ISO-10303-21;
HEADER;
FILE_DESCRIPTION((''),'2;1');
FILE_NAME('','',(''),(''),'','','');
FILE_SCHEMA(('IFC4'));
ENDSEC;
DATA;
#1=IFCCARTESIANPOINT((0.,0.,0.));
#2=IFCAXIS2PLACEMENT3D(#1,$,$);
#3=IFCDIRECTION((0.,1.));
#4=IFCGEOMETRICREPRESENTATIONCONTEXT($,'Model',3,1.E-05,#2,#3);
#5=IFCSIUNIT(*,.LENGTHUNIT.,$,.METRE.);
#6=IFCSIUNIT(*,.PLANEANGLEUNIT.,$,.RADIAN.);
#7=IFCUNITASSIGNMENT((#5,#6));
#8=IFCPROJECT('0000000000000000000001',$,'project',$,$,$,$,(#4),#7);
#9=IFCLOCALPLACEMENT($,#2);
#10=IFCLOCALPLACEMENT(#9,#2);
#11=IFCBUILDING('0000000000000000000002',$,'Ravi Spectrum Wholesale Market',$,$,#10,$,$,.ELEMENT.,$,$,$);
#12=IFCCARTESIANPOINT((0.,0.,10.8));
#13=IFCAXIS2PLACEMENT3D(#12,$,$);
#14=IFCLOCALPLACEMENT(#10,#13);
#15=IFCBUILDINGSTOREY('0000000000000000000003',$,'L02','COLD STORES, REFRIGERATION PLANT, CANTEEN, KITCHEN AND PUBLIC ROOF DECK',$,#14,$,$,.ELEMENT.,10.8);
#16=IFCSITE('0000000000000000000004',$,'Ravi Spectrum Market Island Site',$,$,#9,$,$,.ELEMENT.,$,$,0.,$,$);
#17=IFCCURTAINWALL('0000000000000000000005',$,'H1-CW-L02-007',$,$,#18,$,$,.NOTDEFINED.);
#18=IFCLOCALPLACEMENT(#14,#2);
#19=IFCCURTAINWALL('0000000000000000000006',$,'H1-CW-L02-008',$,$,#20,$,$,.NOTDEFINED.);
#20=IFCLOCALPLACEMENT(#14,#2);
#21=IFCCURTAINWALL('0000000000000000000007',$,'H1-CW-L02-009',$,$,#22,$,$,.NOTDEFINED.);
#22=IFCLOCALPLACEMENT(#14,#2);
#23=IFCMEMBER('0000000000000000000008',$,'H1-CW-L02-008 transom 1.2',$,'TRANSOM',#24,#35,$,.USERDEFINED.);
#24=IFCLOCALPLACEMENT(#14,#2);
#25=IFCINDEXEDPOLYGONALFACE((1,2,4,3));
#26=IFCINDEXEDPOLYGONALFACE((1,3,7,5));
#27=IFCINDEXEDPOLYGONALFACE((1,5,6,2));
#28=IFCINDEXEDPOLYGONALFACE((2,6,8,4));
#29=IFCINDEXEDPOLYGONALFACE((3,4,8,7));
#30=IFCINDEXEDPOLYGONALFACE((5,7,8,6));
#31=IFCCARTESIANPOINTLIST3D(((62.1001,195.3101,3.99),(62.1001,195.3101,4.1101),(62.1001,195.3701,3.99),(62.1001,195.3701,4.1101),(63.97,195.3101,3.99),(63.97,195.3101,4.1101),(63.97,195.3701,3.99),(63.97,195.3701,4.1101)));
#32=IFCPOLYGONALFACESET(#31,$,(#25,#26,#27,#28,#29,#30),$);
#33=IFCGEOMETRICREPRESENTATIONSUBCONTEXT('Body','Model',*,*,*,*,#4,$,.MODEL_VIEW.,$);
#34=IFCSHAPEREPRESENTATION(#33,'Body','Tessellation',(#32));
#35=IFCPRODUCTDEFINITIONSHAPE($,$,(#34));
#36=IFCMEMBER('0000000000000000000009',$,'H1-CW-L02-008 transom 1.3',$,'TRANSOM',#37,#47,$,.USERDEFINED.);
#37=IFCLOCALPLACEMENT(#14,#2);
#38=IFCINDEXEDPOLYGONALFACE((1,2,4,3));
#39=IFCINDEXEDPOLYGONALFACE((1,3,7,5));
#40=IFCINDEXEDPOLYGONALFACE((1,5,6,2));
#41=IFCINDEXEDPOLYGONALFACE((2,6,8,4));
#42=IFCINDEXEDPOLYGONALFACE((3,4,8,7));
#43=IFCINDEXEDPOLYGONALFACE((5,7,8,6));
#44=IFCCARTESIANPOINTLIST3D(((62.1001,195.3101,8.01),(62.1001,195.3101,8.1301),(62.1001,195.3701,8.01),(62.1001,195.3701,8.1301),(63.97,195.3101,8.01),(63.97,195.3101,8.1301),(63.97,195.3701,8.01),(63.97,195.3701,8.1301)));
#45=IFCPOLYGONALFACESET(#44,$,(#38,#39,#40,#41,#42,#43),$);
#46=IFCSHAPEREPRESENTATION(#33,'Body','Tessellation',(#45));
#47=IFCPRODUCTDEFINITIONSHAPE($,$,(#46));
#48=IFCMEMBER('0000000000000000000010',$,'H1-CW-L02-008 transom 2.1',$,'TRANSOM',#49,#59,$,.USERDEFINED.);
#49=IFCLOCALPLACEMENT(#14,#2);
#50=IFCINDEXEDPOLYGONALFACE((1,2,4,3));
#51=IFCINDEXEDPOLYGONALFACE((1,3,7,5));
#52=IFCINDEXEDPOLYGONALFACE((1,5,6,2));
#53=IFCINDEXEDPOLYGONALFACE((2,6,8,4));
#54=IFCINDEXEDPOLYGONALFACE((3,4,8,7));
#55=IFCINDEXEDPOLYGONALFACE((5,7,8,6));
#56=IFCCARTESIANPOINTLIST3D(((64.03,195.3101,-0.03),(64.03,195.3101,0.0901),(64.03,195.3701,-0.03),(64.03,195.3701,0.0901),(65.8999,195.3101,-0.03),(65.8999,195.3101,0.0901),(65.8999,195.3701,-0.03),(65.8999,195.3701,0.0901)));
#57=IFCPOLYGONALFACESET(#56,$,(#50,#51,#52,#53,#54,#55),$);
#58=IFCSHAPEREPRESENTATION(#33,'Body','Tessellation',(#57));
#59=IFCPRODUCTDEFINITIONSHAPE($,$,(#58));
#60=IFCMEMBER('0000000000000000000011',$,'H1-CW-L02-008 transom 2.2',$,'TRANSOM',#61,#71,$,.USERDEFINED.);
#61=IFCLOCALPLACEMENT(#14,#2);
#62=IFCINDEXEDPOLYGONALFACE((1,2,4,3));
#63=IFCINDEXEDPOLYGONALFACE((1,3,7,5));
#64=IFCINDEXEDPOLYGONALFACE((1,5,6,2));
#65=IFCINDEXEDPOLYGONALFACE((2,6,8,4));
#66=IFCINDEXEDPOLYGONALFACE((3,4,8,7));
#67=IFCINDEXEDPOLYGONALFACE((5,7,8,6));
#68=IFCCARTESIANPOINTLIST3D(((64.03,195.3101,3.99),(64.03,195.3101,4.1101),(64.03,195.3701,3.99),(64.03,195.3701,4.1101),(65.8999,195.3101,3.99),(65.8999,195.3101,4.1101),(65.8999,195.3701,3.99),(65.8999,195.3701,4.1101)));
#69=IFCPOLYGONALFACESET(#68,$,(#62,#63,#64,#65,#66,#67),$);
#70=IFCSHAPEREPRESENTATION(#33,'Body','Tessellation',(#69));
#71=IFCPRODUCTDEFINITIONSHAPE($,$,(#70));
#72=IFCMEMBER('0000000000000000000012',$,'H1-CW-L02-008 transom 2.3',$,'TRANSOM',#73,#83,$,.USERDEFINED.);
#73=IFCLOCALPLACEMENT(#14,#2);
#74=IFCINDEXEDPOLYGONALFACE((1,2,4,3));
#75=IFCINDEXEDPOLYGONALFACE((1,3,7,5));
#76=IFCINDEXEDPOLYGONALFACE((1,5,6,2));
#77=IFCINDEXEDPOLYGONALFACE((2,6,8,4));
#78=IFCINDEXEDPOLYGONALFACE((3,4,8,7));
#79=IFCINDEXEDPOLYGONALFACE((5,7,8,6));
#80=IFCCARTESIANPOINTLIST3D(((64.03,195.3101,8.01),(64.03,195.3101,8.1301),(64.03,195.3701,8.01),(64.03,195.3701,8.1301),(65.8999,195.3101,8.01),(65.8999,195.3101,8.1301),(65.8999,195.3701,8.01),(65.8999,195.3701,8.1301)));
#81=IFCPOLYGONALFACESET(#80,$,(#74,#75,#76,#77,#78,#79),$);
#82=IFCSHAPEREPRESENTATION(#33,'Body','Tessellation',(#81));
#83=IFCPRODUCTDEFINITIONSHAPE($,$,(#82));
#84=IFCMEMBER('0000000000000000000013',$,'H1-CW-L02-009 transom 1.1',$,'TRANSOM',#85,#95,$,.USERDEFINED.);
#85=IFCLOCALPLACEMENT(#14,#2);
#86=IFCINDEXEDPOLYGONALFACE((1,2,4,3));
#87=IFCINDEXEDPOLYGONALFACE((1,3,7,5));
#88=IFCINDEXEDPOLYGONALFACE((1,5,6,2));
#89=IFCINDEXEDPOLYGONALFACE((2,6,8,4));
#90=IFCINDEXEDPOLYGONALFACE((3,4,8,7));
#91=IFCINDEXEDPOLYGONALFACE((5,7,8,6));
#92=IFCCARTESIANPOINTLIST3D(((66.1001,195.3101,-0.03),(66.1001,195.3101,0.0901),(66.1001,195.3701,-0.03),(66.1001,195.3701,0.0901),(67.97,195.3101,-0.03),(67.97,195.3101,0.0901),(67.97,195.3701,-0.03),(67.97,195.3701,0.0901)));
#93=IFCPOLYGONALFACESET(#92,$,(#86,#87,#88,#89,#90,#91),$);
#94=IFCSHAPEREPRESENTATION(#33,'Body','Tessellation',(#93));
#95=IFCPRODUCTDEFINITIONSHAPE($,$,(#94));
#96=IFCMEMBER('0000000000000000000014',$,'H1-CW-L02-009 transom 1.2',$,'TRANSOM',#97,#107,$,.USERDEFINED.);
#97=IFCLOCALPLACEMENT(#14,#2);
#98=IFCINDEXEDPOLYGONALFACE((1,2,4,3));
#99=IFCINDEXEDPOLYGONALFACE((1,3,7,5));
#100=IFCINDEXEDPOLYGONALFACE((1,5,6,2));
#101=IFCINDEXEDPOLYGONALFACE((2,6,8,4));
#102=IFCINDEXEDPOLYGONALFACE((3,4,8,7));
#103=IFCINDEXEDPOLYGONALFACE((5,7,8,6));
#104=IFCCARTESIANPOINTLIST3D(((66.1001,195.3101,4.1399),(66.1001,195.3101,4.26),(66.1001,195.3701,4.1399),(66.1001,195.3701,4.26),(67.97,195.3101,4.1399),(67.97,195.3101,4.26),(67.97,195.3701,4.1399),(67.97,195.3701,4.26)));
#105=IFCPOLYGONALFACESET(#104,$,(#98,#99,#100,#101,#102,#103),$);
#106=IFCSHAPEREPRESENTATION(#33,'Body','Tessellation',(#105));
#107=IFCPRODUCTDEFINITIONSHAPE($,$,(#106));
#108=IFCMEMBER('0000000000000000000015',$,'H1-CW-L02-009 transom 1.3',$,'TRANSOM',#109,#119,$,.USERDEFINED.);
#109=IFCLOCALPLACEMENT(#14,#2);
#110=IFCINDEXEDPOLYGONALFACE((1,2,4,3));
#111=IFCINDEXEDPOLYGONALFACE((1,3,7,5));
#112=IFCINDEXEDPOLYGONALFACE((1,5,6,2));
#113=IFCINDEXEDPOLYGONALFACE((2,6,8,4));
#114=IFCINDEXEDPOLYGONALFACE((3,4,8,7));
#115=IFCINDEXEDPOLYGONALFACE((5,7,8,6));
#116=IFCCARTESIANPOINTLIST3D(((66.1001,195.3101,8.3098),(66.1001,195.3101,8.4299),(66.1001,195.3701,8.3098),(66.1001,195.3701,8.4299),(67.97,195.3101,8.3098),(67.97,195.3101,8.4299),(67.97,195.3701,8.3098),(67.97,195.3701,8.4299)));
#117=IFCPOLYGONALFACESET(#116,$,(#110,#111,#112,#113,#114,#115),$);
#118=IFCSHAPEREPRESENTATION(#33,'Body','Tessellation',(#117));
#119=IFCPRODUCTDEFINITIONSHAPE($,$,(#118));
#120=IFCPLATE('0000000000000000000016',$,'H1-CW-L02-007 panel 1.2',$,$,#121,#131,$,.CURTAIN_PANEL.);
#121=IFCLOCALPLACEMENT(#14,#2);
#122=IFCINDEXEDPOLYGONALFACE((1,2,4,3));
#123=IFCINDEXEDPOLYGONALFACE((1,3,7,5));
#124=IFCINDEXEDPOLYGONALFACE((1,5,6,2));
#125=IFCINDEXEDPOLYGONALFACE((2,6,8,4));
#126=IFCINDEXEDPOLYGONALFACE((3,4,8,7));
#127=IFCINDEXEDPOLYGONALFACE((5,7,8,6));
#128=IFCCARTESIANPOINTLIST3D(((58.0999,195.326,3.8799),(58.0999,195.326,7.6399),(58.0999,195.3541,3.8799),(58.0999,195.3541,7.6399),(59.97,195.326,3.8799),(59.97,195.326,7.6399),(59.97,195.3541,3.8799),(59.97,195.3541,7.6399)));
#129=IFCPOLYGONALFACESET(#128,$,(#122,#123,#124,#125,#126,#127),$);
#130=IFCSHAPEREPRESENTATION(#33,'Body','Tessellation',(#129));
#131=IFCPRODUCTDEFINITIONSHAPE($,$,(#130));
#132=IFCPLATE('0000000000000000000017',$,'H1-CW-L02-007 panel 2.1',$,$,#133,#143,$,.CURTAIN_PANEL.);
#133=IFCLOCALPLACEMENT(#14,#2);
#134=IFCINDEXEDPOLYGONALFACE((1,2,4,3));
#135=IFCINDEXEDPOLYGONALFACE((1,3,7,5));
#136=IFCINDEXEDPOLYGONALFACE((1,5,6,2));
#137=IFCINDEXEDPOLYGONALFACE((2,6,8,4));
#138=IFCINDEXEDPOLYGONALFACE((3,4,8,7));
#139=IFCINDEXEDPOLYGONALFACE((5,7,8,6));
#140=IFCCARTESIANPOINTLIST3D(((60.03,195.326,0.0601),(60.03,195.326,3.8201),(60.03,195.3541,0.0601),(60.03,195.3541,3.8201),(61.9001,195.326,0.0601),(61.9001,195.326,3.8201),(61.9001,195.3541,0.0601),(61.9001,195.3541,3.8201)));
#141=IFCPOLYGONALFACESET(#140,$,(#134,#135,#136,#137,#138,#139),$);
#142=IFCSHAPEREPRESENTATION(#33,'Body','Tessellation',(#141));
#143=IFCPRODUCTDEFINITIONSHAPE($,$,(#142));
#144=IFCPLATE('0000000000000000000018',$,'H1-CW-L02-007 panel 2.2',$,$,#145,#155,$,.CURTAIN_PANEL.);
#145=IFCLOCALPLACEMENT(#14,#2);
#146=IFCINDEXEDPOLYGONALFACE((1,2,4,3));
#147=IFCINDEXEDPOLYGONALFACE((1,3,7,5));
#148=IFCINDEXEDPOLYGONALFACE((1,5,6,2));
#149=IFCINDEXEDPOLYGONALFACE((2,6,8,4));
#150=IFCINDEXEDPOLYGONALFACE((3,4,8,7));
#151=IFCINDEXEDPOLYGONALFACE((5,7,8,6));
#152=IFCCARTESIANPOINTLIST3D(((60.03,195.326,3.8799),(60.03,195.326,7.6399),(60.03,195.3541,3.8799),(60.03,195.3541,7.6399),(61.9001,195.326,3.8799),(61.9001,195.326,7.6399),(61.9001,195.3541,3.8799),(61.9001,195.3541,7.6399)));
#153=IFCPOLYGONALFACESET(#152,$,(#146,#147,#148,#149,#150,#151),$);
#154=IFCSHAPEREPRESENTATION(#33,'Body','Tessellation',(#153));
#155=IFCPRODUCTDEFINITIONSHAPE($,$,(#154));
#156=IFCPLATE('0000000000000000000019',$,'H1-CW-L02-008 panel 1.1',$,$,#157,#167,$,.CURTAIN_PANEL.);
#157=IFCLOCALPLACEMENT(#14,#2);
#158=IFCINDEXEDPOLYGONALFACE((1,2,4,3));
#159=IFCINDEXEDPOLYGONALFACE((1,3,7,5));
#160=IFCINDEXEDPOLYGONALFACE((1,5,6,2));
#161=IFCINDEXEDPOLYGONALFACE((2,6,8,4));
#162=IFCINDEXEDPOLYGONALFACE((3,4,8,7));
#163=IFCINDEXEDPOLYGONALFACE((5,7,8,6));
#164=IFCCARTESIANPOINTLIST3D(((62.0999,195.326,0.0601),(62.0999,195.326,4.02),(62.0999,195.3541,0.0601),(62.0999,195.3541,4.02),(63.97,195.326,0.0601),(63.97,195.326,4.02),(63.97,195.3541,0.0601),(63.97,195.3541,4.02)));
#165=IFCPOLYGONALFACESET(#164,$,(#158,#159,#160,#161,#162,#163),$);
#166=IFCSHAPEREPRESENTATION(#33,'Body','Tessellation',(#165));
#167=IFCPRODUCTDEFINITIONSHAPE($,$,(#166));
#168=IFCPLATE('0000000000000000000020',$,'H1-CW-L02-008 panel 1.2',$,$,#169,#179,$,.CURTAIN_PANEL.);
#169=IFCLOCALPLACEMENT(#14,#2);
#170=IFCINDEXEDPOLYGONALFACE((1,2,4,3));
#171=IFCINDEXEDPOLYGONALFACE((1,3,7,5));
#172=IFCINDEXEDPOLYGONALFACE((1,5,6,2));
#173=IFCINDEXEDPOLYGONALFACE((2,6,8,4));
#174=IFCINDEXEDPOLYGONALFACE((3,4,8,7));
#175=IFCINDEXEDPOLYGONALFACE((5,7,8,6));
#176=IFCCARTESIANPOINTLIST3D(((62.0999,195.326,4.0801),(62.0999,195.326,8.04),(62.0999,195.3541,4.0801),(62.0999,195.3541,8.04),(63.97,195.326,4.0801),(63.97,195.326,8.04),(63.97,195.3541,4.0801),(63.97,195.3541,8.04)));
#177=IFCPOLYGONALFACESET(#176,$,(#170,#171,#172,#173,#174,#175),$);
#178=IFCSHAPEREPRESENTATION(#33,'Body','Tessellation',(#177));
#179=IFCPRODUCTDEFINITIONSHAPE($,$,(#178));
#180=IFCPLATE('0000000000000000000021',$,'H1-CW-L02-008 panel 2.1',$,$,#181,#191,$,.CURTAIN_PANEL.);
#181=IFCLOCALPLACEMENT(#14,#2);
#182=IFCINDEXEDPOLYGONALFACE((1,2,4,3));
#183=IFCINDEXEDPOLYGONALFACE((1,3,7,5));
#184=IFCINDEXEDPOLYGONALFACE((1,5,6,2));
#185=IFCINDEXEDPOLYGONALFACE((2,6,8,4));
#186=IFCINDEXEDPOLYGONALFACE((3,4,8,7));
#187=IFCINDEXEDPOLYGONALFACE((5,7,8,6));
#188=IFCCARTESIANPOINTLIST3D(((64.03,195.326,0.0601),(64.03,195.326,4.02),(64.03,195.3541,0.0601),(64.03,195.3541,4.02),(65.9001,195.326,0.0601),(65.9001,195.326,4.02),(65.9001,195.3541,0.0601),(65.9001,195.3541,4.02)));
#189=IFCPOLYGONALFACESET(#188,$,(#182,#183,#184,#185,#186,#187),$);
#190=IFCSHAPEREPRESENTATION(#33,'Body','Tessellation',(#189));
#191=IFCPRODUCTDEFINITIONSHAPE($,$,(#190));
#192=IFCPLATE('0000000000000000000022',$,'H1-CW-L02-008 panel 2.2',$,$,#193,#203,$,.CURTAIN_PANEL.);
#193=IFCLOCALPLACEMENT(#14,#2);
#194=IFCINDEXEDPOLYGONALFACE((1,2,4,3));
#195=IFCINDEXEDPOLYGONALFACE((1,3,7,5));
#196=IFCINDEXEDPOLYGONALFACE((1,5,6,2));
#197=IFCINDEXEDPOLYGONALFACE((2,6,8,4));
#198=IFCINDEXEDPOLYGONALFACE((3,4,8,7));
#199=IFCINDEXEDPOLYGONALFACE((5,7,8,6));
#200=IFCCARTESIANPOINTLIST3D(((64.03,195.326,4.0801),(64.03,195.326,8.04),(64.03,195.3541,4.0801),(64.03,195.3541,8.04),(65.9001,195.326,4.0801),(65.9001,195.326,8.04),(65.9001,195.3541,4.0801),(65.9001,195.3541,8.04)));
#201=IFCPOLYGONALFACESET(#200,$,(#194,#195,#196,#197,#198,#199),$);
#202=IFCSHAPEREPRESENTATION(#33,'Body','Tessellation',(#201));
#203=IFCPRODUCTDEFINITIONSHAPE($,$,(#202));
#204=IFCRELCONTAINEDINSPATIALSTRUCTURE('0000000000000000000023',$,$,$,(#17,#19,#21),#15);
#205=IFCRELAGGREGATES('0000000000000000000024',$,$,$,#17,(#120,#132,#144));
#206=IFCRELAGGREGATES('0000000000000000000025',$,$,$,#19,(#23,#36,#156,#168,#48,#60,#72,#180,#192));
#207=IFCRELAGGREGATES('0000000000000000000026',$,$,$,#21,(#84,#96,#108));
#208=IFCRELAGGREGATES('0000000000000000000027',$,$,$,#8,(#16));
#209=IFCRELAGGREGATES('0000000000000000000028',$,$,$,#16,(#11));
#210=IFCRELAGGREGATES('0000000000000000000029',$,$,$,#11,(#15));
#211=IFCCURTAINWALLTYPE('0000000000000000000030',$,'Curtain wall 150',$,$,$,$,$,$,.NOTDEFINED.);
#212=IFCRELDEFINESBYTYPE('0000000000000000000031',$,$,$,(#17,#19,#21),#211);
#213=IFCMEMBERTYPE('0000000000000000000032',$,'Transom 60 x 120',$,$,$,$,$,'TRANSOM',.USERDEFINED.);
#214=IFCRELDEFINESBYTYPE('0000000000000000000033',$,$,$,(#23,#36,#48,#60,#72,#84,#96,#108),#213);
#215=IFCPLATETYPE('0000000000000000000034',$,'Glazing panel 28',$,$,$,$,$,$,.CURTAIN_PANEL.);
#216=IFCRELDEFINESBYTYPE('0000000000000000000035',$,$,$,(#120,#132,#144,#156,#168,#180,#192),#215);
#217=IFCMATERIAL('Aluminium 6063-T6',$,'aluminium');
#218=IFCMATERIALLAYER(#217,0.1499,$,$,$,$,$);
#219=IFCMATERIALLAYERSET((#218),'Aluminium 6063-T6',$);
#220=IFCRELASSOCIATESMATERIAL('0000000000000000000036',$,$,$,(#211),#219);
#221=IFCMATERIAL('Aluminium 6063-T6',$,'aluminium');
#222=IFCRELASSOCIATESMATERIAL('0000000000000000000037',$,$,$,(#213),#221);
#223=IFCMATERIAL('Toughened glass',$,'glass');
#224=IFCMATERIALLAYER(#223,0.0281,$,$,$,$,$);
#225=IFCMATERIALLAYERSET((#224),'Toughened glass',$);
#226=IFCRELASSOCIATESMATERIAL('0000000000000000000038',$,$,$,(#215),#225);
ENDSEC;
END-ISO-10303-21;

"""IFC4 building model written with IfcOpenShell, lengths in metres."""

from ifc_helpers import new_model, si_unit, direction, frame, origin, origin_2d, place, context, subcontext, project, spatial, rectangle, extrude, material, layer, layer_set, material_profile, profile_set, type_object, element, aggregate, save


model = new_model("IFC4")

# Units and contexts
model_context = context("Model", 3, precision=1e-05, world=origin(), true_north=direction((0.0, 1.0)))
body_context = subcontext(model_context, "Body", "Model", "MODEL_VIEW")
ifc_project = project(units=[si_unit("LENGTHUNIT", "METRE"), si_unit("PLANEANGLEUNIT", "RADIAN")], contexts=[model_context])

# Site, building, storey
site_placement = place(None, origin())
site = spatial("IfcSite", under=ifc_project, at=site_placement, Name="Ravi Spectrum Market Island Site", CompositionType="ELEMENT", RefElevation=0.0)
building_placement = place(site_placement, origin())
building = spatial("IfcBuilding", under=site, at=building_placement, Name="Ravi Spectrum Wholesale Market", CompositionType="ELEMENT")
storey_placement = place(building_placement, frame((0.0, 0.0, 10.8)))
storey = spatial("IfcBuildingStorey", under=building, at=storey_placement, Name="L02", Description="COLD STORES, REFRIGERATION PLANT, CANTEEN, KITCHEN AND PUBLIC ROOF DECK", CompositionType="ELEMENT", Elevation=10.8)

# Curtain walls
ifc_material_1 = material(Name="Aluminium 6063-T6", Category="aluminium")
ifc_layer_1 = layer(ifc_material_1, 0.1499)
ifc_layer_set_1 = layer_set([ifc_layer_1], Name="Aluminium 6063-T6")
curtain_wall_type = type_object("IfcCurtainWallType", Name="Curtain wall 150", PredefinedType="NOTDEFINED", material=ifc_layer_set_1)
curtain_wall_1_placement = place(storey_placement, origin())
curtain_wall_1 = element("IfcCurtainWall", 1, at=curtain_wall_1_placement, inside=storey, type_object=curtain_wall_type, Name="H1-CW-L02-007", PredefinedType="NOTDEFINED")
curtain_wall_2_placement = place(storey_placement, origin())
curtain_wall_2 = element("IfcCurtainWall", 2, at=curtain_wall_2_placement, inside=storey, type_object=curtain_wall_type, Name="H1-CW-L02-008", PredefinedType="NOTDEFINED")

# Curtain wall
curtain_wall_3_placement = place(storey_placement, origin())
curtain_wall_3 = element("IfcCurtainWall", 3, at=curtain_wall_3_placement, inside=storey, type_object=curtain_wall_type, Name="H1-CW-L02-009", PredefinedType="NOTDEFINED")

# Members
ifc_material_2 = material(Name="Aluminium 6063-T6", Category="aluminium")
ifc_material_profile_1 = material_profile(ifc_material_2, rectangle(XDim=0.0601, YDim=0.1201, at=origin_2d()))
ifc_profile_set_1 = profile_set([ifc_material_profile_1], Name="Aluminium 6063-T6")
member_type_1 = type_object("IfcMemberType", Name="Transom 60 x 120", ElementType="TRANSOM", PredefinedType="USERDEFINED", material=ifc_profile_set_1)
member_1_placement = place(storey_placement, frame((62.1001, 195.3401, 4.05), z_axis=(1.0, 0.0, 0.0), x_axis=(0.0, 1.0, 0.0)))
member_1 = element("IfcMember", 4, at=member_1_placement, type_object=member_type_1, Name="H1-CW-L02-008 transom 1.2", ObjectType="TRANSOM", PredefinedType="USERDEFINED", context=body_context, shape_type="SweptSolid", body=[
    extrude(rectangle(XDim=0.0601, YDim=0.1201, at=origin_2d()), origin(), (0.0, 0.0, 1.0), 1.8699),
])
member_2_placement = place(storey_placement, frame((62.1001, 195.3401, 8.0701), z_axis=(1.0, 0.0, 0.0), x_axis=(0.0, 1.0, 0.0)))
member_2 = element("IfcMember", 5, at=member_2_placement, type_object=member_type_1, Name="H1-CW-L02-008 transom 1.3", ObjectType="TRANSOM", PredefinedType="USERDEFINED", context=body_context, shape_type="SweptSolid", body=[
    extrude(rectangle(XDim=0.0601, YDim=0.1201, at=origin_2d()), origin(), (0.0, 0.0, 1.0), 1.8699),
])
member_3_placement = place(storey_placement, frame((64.03, 195.3401, 0.03), z_axis=(1.0, 0.0, 0.0), x_axis=(0.0, 1.0, 0.0)))
member_3 = element("IfcMember", 6, at=member_3_placement, type_object=member_type_1, Name="H1-CW-L02-008 transom 2.1", ObjectType="TRANSOM", PredefinedType="USERDEFINED", context=body_context, shape_type="SweptSolid", body=[
    extrude(rectangle(XDim=0.0601, YDim=0.1201, at=origin_2d()), origin(), (0.0, 0.0, 1.0), 1.8699),
])
member_4_placement = place(storey_placement, frame((64.03, 195.3401, 4.05), z_axis=(1.0, 0.0, 0.0), x_axis=(0.0, 1.0, 0.0)))
member_4 = element("IfcMember", 7, at=member_4_placement, type_object=member_type_1, Name="H1-CW-L02-008 transom 2.2", ObjectType="TRANSOM", PredefinedType="USERDEFINED", context=body_context, shape_type="SweptSolid", body=[
    extrude(rectangle(XDim=0.0601, YDim=0.1201, at=origin_2d()), origin(), (0.0, 0.0, 1.0), 1.8699),
])
member_5_placement = place(storey_placement, frame((64.03, 195.3401, 8.0701), z_axis=(1.0, 0.0, 0.0), x_axis=(0.0, 1.0, 0.0)))
member_5 = element("IfcMember", 8, at=member_5_placement, type_object=member_type_1, Name="H1-CW-L02-008 transom 2.3", ObjectType="TRANSOM", PredefinedType="USERDEFINED", context=body_context, shape_type="SweptSolid", body=[
    extrude(rectangle(XDim=0.0601, YDim=0.1201, at=origin_2d()), origin(), (0.0, 0.0, 1.0), 1.8699),
])
member_6_placement = place(storey_placement, frame((66.1001, 195.3401, 0.03), z_axis=(1.0, 0.0, 0.0), x_axis=(0.0, 1.0, 0.0)))
member_6 = element("IfcMember", 9, at=member_6_placement, type_object=member_type_1, Name="H1-CW-L02-009 transom 1.1", ObjectType="TRANSOM", PredefinedType="USERDEFINED", context=body_context, shape_type="SweptSolid", body=[
    extrude(rectangle(XDim=0.0601, YDim=0.1201, at=origin_2d()), origin(), (0.0, 0.0, 1.0), 1.8699),
])
member_7_placement = place(storey_placement, frame((66.1001, 195.3401, 4.2), z_axis=(1.0, 0.0, 0.0), x_axis=(0.0, 1.0, 0.0)))
member_7 = element("IfcMember", 10, at=member_7_placement, type_object=member_type_1, Name="H1-CW-L02-009 transom 1.2", ObjectType="TRANSOM", PredefinedType="USERDEFINED", context=body_context, shape_type="SweptSolid", body=[
    extrude(rectangle(XDim=0.0601, YDim=0.1201, at=origin_2d()), origin(), (0.0, 0.0, 1.0), 1.8699),
])
member_8_placement = place(storey_placement, frame((66.1001, 195.3401, 8.3699), z_axis=(1.0, 0.0, 0.0), x_axis=(0.0, 1.0, 0.0)))
member_8 = element("IfcMember", 11, at=member_8_placement, type_object=member_type_1, Name="H1-CW-L02-009 transom 1.3", ObjectType="TRANSOM", PredefinedType="USERDEFINED", context=body_context, shape_type="SweptSolid", body=[
    extrude(rectangle(XDim=0.0601, YDim=0.1201, at=origin_2d()), origin(), (0.0, 0.0, 1.0), 1.8699),
])

# Plates
ifc_material_3 = material(Name="Toughened glass", Category="glass")
ifc_layer_2 = layer(ifc_material_3, 0.0281)
ifc_layer_set_2 = layer_set([ifc_layer_2], Name="Toughened glass")
plate_type = type_object("IfcPlateType", Name="Glazing panel 28", PredefinedType="CURTAIN_PANEL", material=ifc_layer_set_2)
plate_1_placement = place(storey_placement, frame((59.0349, 195.3401, 3.8799), z_axis=(0.0, 0.0, 1.0), x_axis=(1.0, 0.0, 0.0)))
plate_1 = element("IfcPlate", 12, at=plate_1_placement, type_object=plate_type, Name="H1-CW-L02-007 panel 1.2", PredefinedType="CURTAIN_PANEL", context=body_context, shape_type="SweptSolid", body=[
    extrude(rectangle(XDim=1.8701, YDim=0.0281, at=origin_2d()), origin(), (0.0, 0.0, 1.0), 3.76),
])
plate_2_placement = place(storey_placement, frame((60.9651, 195.3401, 0.0601), z_axis=(0.0, 0.0, 1.0), x_axis=(1.0, 0.0, 0.0)))
plate_2 = element("IfcPlate", 13, at=plate_2_placement, type_object=plate_type, Name="H1-CW-L02-007 panel 2.1", PredefinedType="CURTAIN_PANEL", context=body_context, shape_type="SweptSolid", body=[
    extrude(rectangle(XDim=1.8701, YDim=0.0281, at=origin_2d()), origin(), (0.0, 0.0, 1.0), 3.76),
])
plate_3_placement = place(storey_placement, frame((60.9651, 195.3401, 3.8799), z_axis=(0.0, 0.0, 1.0), x_axis=(1.0, 0.0, 0.0)))
plate_3 = element("IfcPlate", 14, at=plate_3_placement, type_object=plate_type, Name="H1-CW-L02-007 panel 2.2", PredefinedType="CURTAIN_PANEL", context=body_context, shape_type="SweptSolid", body=[
    extrude(rectangle(XDim=1.8701, YDim=0.0281, at=origin_2d()), origin(), (0.0, 0.0, 1.0), 3.76),
])
aggregate(curtain_wall_1, [plate_1, plate_2, plate_3])
plate_4_placement = place(storey_placement, frame((63.0349, 195.3401, 0.0601), z_axis=(0.0, 0.0, 1.0), x_axis=(1.0, 0.0, 0.0)))
plate_4 = element("IfcPlate", 15, at=plate_4_placement, type_object=plate_type, Name="H1-CW-L02-008 panel 1.1", PredefinedType="CURTAIN_PANEL", context=body_context, shape_type="SweptSolid", body=[
    extrude(rectangle(XDim=1.8701, YDim=0.0281, at=origin_2d()), origin(), (0.0, 0.0, 1.0), 3.96),
])
plate_5_placement = place(storey_placement, frame((63.0349, 195.3401, 4.0801), z_axis=(0.0, 0.0, 1.0), x_axis=(1.0, 0.0, 0.0)))
plate_5 = element("IfcPlate", 16, at=plate_5_placement, type_object=plate_type, Name="H1-CW-L02-008 panel 1.2", PredefinedType="CURTAIN_PANEL", context=body_context, shape_type="SweptSolid", body=[
    extrude(rectangle(XDim=1.8701, YDim=0.0281, at=origin_2d()), origin(), (0.0, 0.0, 1.0), 3.96),
])
plate_6_placement = place(storey_placement, frame((64.9651, 195.3401, 0.0601), z_axis=(0.0, 0.0, 1.0), x_axis=(1.0, 0.0, 0.0)))
plate_6 = element("IfcPlate", 17, at=plate_6_placement, type_object=plate_type, Name="H1-CW-L02-008 panel 2.1", PredefinedType="CURTAIN_PANEL", context=body_context, shape_type="SweptSolid", body=[
    extrude(rectangle(XDim=1.8701, YDim=0.0281, at=origin_2d()), origin(), (0.0, 0.0, 1.0), 3.96),
])
plate_7_placement = place(storey_placement, frame((64.9651, 195.3401, 4.0801), z_axis=(0.0, 0.0, 1.0), x_axis=(1.0, 0.0, 0.0)))
plate_7 = element("IfcPlate", 18, at=plate_7_placement, type_object=plate_type, Name="H1-CW-L02-008 panel 2.2", PredefinedType="CURTAIN_PANEL", context=body_context, shape_type="SweptSolid", body=[
    extrude(rectangle(XDim=1.8701, YDim=0.0281, at=origin_2d()), origin(), (0.0, 0.0, 1.0), 3.96),
])
aggregate(curtain_wall_2, [member_1, member_2, plate_4, plate_5, member_3, member_4, member_5, plate_6, plate_7])
aggregate(curtain_wall_3, [member_6, member_7, member_8])

save(model, "model.ifc")
